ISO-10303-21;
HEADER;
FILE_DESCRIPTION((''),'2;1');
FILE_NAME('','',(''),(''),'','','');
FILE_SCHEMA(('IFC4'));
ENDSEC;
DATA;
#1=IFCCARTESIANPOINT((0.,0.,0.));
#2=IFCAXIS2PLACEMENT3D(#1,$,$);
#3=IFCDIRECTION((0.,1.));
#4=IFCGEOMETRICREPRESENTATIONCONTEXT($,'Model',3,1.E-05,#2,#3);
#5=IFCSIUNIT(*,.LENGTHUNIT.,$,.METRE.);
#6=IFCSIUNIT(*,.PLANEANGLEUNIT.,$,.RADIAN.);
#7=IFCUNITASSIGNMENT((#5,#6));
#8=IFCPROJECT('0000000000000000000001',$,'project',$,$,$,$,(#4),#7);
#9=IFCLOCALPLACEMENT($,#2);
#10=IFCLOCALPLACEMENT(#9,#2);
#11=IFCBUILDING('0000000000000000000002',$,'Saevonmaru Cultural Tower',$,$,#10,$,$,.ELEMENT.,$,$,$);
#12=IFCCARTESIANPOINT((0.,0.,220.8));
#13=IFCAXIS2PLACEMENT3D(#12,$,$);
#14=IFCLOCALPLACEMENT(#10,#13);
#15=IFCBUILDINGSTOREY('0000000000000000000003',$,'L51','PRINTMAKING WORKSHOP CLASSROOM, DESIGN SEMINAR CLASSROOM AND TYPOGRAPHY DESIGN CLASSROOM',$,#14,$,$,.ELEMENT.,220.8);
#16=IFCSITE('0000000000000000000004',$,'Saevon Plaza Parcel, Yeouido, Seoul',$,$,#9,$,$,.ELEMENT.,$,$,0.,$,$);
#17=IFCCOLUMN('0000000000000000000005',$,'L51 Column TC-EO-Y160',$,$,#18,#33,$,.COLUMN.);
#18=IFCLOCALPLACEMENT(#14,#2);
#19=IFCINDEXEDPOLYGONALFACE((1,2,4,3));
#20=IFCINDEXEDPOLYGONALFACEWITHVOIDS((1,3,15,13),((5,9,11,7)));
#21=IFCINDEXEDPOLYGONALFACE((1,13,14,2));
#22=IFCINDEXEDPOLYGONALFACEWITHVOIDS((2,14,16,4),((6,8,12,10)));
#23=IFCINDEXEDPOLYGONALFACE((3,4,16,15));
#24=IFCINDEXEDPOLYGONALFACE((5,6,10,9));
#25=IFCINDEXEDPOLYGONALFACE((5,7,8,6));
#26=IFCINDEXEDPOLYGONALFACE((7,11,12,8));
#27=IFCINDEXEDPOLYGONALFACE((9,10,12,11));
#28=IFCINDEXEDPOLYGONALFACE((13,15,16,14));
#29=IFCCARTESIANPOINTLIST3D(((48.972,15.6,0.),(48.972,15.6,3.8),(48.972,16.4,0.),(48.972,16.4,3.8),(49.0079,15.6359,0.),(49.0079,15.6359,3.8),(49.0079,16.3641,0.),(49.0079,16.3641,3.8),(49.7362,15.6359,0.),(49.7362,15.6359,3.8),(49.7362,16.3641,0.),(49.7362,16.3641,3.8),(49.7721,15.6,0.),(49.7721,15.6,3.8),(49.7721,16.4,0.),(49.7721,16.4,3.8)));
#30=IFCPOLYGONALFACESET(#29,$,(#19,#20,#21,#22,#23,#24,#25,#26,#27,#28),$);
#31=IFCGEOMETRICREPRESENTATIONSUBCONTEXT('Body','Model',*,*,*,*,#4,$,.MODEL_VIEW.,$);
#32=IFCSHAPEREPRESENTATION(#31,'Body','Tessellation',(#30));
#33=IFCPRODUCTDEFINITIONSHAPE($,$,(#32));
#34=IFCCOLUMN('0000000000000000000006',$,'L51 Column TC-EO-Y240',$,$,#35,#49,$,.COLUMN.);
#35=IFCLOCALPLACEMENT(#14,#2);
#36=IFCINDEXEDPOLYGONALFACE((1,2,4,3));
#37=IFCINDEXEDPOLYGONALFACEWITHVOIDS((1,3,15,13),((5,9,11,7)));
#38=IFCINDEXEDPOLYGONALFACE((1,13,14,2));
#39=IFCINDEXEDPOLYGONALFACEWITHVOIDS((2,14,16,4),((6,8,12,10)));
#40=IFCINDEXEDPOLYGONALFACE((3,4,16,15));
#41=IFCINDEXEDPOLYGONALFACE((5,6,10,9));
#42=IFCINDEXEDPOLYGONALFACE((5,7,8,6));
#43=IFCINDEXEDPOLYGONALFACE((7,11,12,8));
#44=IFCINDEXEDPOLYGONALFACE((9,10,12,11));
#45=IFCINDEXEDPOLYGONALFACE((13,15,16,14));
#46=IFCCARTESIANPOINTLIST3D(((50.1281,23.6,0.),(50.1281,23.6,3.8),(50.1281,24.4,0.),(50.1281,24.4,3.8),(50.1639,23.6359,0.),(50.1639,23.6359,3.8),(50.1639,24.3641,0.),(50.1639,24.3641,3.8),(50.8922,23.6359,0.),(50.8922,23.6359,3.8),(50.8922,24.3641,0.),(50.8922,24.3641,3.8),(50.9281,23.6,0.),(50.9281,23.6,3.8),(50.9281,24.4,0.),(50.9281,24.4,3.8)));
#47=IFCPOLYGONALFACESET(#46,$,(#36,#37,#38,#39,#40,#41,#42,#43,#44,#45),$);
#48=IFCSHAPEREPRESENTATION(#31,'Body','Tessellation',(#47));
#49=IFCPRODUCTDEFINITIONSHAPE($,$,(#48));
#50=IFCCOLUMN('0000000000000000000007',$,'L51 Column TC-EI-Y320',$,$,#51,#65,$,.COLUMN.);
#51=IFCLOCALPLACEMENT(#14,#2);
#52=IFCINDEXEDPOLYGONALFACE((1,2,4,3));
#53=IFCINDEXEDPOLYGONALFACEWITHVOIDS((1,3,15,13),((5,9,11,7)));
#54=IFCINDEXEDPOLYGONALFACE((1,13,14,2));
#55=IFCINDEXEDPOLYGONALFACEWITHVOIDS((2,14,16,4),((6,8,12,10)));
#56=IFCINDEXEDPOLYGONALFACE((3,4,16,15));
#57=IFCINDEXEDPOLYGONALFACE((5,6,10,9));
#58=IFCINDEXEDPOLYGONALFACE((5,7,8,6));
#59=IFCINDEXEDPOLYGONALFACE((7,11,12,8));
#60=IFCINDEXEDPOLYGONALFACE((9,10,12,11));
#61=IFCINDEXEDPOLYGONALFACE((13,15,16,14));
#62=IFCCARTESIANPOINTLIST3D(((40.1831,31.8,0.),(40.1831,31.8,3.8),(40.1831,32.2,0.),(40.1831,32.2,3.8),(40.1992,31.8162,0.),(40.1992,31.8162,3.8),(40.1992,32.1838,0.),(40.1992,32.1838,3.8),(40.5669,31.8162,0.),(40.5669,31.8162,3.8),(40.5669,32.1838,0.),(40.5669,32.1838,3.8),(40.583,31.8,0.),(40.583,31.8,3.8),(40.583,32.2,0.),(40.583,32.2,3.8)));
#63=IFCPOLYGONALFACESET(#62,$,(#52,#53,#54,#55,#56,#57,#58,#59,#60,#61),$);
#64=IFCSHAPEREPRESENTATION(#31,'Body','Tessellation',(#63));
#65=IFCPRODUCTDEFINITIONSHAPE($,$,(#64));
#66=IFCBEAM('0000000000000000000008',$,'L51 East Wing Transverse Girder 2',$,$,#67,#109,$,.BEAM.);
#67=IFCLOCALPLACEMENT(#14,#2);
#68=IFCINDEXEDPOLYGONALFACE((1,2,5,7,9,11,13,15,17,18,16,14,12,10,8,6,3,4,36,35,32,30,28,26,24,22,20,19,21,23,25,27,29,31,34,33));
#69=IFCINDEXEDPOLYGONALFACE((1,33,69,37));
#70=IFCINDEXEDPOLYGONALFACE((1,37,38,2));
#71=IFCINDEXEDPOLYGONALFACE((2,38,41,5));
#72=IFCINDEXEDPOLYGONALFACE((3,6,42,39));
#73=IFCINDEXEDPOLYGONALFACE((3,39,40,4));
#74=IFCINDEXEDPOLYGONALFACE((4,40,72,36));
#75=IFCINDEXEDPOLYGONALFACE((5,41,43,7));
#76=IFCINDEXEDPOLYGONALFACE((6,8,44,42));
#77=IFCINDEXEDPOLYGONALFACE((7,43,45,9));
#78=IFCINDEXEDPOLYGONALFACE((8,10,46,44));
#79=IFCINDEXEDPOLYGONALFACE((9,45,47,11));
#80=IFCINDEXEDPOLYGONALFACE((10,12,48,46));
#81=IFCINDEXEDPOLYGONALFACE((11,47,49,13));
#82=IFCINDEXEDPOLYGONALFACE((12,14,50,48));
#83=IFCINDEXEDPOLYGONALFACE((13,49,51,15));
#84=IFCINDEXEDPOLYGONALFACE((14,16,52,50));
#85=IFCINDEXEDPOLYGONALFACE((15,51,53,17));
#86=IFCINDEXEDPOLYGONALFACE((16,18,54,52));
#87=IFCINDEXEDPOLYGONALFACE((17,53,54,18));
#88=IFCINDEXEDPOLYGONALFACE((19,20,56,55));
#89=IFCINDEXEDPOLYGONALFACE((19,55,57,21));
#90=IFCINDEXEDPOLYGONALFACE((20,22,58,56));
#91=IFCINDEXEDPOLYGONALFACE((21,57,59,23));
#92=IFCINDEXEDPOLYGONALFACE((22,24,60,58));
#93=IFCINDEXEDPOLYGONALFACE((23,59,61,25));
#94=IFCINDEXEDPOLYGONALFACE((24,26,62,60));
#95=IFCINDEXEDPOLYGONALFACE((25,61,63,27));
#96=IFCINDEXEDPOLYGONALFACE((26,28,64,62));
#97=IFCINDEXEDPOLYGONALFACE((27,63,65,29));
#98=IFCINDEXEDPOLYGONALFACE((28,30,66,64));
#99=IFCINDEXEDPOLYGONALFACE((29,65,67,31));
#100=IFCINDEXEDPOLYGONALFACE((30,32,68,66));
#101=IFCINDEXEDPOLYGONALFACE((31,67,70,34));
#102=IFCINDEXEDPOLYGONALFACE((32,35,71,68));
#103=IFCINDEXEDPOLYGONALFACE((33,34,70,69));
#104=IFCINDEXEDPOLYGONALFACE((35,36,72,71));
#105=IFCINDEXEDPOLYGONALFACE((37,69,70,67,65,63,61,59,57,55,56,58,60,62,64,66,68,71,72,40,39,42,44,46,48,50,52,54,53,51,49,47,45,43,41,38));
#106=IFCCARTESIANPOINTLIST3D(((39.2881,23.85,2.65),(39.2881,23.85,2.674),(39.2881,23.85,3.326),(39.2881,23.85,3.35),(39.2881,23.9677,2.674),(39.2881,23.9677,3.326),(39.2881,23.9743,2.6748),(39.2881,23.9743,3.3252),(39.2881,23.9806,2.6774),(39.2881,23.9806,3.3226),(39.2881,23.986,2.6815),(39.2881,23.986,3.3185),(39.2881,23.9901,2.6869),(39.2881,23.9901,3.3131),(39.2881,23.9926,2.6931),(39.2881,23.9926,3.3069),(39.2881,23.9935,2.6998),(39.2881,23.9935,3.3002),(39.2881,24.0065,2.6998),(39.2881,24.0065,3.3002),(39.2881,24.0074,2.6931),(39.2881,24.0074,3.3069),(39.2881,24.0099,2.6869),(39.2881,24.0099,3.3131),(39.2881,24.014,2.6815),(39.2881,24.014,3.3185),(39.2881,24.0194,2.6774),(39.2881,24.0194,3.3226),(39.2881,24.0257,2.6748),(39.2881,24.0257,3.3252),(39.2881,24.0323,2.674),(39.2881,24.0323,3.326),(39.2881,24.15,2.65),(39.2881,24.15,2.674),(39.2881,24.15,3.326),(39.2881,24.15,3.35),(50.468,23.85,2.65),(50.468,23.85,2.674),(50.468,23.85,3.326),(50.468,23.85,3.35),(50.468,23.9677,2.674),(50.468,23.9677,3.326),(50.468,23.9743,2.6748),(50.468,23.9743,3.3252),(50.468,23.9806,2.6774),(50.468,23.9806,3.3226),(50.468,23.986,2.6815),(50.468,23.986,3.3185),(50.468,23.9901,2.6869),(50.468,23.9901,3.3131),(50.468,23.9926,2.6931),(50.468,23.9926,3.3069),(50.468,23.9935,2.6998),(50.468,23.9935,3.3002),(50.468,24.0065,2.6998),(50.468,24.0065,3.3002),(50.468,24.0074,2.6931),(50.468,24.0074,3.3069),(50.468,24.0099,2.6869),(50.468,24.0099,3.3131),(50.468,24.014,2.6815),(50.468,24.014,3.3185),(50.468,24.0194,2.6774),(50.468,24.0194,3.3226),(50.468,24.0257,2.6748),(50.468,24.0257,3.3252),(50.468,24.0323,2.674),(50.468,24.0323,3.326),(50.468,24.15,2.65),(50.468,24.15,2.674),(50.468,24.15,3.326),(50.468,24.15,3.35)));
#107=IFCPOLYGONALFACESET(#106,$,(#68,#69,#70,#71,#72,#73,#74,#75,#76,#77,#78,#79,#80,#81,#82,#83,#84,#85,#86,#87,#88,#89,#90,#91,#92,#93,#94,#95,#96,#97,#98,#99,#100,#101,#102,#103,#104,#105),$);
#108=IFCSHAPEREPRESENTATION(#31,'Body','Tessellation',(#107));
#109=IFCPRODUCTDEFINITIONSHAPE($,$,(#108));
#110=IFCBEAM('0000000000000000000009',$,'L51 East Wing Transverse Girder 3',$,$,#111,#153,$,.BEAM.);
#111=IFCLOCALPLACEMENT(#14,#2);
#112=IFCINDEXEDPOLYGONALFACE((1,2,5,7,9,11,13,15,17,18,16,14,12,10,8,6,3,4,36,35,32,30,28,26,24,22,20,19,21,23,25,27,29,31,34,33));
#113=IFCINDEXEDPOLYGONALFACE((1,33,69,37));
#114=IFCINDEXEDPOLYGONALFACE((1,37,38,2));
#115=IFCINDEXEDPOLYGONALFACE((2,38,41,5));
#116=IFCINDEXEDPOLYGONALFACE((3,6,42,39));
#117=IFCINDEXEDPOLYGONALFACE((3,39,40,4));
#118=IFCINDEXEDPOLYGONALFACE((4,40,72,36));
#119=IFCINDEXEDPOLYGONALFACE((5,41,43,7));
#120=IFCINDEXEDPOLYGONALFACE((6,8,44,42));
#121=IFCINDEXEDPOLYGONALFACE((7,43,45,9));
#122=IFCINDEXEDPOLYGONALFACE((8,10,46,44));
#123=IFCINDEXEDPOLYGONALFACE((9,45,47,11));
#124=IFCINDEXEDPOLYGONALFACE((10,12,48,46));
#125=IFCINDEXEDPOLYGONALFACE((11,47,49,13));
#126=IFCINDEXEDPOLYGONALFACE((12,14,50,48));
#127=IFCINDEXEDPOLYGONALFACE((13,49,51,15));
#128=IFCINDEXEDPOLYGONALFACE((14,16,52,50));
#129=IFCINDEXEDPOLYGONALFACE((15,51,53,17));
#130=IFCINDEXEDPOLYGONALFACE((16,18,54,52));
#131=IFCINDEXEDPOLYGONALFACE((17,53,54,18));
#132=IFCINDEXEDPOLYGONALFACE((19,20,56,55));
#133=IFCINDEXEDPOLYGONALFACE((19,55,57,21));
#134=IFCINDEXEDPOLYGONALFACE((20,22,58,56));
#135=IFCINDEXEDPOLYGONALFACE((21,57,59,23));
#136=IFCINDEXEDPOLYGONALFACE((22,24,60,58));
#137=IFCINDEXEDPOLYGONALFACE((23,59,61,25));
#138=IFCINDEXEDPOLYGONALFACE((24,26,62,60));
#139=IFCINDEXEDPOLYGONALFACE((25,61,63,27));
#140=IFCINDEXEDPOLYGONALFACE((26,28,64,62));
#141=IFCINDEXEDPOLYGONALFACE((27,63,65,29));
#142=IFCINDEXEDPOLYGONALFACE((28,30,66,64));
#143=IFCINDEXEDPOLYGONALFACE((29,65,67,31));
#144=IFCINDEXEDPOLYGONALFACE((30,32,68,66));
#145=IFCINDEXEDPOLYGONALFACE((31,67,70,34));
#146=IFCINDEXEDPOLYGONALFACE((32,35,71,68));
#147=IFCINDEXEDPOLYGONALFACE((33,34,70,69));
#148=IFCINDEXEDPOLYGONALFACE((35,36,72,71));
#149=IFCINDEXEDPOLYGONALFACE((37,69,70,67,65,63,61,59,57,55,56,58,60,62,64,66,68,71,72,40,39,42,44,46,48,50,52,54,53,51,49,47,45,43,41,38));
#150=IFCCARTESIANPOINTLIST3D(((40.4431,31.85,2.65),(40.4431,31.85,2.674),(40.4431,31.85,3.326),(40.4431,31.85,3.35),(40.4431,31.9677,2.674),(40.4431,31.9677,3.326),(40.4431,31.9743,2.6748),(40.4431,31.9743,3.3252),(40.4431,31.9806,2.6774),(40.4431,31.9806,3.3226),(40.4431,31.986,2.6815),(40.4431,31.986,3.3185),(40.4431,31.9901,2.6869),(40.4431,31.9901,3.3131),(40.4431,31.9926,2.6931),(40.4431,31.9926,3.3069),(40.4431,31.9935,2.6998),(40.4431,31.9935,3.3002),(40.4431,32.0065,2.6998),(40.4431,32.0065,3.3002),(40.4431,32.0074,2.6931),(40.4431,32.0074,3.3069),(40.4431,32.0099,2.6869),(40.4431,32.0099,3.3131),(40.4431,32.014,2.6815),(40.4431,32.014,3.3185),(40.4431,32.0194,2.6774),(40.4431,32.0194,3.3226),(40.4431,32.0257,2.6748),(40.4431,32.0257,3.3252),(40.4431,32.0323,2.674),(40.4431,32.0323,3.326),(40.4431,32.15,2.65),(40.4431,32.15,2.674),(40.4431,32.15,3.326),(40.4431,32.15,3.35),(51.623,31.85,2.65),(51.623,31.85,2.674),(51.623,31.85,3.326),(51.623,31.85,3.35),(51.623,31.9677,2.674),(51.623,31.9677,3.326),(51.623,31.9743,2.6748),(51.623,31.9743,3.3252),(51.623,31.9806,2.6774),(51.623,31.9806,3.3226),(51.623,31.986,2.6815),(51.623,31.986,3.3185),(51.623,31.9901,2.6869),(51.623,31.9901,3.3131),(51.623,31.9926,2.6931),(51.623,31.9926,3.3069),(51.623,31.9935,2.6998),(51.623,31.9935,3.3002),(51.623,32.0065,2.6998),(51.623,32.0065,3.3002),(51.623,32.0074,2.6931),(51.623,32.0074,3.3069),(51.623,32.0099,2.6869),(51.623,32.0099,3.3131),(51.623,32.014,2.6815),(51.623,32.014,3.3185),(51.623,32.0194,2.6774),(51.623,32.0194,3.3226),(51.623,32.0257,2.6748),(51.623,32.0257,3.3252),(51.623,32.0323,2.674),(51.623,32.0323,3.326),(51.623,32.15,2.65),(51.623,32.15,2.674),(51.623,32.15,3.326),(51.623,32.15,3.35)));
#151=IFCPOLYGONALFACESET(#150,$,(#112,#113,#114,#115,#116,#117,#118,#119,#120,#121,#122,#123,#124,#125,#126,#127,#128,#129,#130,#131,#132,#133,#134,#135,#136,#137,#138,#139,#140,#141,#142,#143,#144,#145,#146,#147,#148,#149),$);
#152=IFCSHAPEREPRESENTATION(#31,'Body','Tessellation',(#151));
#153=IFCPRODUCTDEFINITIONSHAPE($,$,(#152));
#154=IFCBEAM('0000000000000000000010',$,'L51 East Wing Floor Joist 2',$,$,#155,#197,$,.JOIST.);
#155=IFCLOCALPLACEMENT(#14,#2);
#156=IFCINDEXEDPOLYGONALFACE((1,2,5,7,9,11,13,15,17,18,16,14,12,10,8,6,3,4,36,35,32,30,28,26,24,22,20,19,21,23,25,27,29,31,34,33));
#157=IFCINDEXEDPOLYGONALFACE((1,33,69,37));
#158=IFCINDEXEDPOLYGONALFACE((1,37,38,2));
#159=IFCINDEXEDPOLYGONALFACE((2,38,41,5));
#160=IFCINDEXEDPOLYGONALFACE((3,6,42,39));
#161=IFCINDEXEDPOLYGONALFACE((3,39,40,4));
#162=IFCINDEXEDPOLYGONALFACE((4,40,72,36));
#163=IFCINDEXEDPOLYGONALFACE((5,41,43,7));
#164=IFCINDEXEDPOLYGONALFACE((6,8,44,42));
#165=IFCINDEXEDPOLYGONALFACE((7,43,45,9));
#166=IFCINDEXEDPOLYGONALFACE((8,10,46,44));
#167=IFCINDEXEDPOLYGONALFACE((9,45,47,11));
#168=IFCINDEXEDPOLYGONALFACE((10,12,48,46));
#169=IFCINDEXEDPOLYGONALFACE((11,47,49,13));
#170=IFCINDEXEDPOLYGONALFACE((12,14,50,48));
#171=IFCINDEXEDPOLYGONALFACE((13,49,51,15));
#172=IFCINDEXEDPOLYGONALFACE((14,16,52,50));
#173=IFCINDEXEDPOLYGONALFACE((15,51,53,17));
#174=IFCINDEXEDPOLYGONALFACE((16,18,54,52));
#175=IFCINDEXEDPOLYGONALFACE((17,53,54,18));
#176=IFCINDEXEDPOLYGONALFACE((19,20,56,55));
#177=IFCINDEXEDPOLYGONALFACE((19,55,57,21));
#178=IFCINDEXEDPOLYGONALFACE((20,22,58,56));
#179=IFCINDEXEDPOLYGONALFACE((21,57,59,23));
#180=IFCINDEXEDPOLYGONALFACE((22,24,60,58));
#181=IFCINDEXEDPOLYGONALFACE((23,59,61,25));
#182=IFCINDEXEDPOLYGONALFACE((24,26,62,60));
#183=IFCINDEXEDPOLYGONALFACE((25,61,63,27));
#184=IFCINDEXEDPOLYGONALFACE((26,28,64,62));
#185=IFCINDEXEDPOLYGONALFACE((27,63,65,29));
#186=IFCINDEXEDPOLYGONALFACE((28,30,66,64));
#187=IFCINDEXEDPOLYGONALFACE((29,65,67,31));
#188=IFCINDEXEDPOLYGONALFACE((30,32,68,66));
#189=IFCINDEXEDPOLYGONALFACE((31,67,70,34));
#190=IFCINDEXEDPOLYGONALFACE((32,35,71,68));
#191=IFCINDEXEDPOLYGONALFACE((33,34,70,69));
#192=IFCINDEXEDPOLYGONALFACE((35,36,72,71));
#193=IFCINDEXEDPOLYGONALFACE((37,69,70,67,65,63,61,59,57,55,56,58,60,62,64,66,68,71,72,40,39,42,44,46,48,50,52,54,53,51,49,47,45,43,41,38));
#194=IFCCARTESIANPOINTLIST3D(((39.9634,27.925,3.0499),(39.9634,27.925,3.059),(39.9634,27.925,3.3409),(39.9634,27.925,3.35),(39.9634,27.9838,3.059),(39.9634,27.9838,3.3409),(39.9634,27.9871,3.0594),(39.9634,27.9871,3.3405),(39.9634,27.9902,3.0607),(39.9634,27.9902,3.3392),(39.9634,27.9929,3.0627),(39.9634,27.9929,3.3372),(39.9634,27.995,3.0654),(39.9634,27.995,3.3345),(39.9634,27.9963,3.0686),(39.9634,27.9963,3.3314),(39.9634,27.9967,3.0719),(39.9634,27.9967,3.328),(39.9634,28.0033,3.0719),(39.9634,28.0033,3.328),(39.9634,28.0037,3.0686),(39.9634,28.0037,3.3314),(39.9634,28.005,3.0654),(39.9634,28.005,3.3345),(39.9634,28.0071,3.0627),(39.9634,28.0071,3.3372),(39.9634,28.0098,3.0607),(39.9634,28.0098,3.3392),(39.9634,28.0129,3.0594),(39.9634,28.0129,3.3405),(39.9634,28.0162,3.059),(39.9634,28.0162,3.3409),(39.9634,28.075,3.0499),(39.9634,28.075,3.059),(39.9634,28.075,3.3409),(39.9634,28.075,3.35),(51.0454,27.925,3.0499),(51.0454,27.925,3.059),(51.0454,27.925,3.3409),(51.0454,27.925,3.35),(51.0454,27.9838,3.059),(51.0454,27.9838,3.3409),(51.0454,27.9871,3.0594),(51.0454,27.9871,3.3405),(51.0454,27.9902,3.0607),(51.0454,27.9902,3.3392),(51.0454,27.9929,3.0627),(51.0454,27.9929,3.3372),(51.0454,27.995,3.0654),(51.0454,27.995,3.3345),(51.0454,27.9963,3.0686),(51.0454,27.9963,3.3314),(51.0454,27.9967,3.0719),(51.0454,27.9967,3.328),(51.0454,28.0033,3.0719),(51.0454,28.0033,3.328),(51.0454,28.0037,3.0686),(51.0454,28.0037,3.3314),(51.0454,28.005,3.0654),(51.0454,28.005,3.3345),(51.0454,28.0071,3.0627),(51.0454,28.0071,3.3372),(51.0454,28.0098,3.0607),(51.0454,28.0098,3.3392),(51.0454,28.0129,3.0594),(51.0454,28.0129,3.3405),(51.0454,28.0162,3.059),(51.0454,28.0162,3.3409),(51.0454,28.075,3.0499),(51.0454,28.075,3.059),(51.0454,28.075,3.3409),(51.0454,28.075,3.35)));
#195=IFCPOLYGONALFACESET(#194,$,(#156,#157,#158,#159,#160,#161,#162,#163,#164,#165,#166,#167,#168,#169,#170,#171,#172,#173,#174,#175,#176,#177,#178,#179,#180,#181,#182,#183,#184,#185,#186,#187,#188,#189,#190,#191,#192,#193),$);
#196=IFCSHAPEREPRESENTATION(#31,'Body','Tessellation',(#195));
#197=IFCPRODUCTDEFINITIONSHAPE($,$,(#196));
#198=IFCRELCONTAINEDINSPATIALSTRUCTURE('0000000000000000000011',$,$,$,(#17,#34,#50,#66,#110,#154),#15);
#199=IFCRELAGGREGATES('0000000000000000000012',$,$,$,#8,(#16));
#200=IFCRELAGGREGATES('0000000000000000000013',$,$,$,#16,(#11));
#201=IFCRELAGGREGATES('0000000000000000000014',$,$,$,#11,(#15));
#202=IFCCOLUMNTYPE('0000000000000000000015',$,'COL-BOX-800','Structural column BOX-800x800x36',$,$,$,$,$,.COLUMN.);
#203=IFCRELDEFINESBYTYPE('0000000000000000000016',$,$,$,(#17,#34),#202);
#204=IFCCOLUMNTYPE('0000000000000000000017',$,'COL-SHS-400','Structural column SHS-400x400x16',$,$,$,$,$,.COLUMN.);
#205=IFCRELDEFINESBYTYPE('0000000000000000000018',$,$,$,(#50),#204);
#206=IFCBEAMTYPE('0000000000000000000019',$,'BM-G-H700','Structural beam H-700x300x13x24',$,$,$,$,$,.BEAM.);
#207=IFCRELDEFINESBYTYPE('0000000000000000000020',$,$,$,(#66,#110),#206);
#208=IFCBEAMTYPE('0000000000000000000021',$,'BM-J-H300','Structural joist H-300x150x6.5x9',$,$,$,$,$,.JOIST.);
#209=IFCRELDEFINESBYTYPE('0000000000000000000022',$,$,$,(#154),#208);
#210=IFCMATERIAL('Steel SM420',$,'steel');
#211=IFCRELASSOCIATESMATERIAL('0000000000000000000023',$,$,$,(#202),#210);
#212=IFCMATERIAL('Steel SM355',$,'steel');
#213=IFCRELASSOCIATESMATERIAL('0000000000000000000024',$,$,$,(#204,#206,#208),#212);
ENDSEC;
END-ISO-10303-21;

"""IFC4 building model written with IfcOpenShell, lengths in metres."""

from ifc_helpers import new_model, si_unit, direction, frame, origin, origin_2d, place, context, subcontext, project, spatial, hollow_rectangle, i_section, extrude, material, material_profile, profile_set, type_object, element, save


model = new_model("IFC4")

# Units and contexts
model_context = context("Model", 3, precision=1e-05, world=origin(), true_north=direction((0.0, 1.0)))
body_context = subcontext(model_context, "Body", "Model", "MODEL_VIEW")
ifc_project = project(units=[si_unit("LENGTHUNIT", "METRE"), si_unit("PLANEANGLEUNIT", "RADIAN")], contexts=[model_context])

# Site, building, storey
site_placement = place(None, origin())
site = spatial("IfcSite", under=ifc_project, at=site_placement, Name="Saevon Plaza Parcel, Yeouido, Seoul", CompositionType="ELEMENT", RefElevation=0.0)
building_placement = place(site_placement, origin())
building = spatial("IfcBuilding", under=site, at=building_placement, Name="Saevonmaru Cultural Tower", CompositionType="ELEMENT")
storey_placement = place(building_placement, frame((0.0, 0.0, 220.8)))
storey = spatial("IfcBuildingStorey", under=building, at=storey_placement, Name="L51", Description="PRINTMAKING WORKSHOP CLASSROOM, DESIGN SEMINAR CLASSROOM AND TYPOGRAPHY DESIGN CLASSROOM", CompositionType="ELEMENT", Elevation=220.8)

# Columns
ifc_material_1 = material(Name="Steel SM420", Category="steel")
ifc_material_profile_1 = material_profile(ifc_material_1, hollow_rectangle(XDim=0.8, YDim=0.8, WallThickness=0.0359, at=origin_2d()), Name="BOX-800x800x36")
ifc_profile_set_1 = profile_set([ifc_material_profile_1], Name="Steel SM420")
column_type_1 = type_object("IfcColumnType", Name="COL-BOX-800", Description="Structural column BOX-800x800x36", PredefinedType="COLUMN", material=ifc_profile_set_1)
for number, where, z_axis, x_axis, name in (
    (1, (49.3721, 16.0, 0.0), (0.0, 0.0, 1.0), (1.0, 0.0, 0.0), "L51 Column TC-EO-Y160"),
    (2, (50.5281, 24.0, 0.0), (0.0, 0.0, 1.0), (1.0, 0.0, 0.0), "L51 Column TC-EO-Y240"),
):
    element("IfcColumn", number, at=place(storey_placement, frame(where, z_axis=z_axis, x_axis=x_axis)), inside=storey, type_object=column_type_1, Name=name, PredefinedType="COLUMN", context=body_context, shape_type="SweptSolid", body=[
        extrude(hollow_rectangle(XDim=0.8, YDim=0.8, WallThickness=0.0359, at=origin_2d()), origin(), (0.0, 0.0, 1.0), 3.8),
    ])
ifc_material_2 = material(Name="Steel SM355", Category="steel")
ifc_material_profile_2 = material_profile(ifc_material_2, hollow_rectangle(XDim=0.3999, YDim=0.3999, WallThickness=0.0161, at=origin_2d()), Name="SHS-400x400x16")
ifc_profile_set_2 = profile_set([ifc_material_profile_2], Name="Steel SM355")
column_type_2 = type_object("IfcColumnType", Name="COL-SHS-400", Description="Structural column SHS-400x400x16", PredefinedType="COLUMN", material=ifc_profile_set_2)
column_placement = place(storey_placement, frame((40.3831, 32.0, 0.0), z_axis=(0.0, 0.0, 1.0), x_axis=(1.0, 0.0, 0.0)))
element("IfcColumn", 3, at=column_placement, inside=storey, type_object=column_type_2, Name="L51 Column TC-EI-Y320", PredefinedType="COLUMN", context=body_context, shape_type="SweptSolid", body=[
    extrude(hollow_rectangle(XDim=0.3999, YDim=0.3999, WallThickness=0.0161, at=origin_2d()), origin(), (0.0, 0.0, 1.0), 3.8),
])

# Beams
ifc_material_profile_3 = material_profile(ifc_material_2, i_section(OverallWidth=0.3, OverallDepth=0.7, WebThickness=0.0129, FlangeThickness=0.0239, FilletRadius=0.0259, at=origin_2d()), Name="H-700x300x13x24")
ifc_profile_set_3 = profile_set([ifc_material_profile_3], Name="Steel SM355")
beam_type_1 = type_object("IfcBeamType", Name="BM-G-H700", Description="Structural beam H-700x300x13x24", PredefinedType="BEAM", material=ifc_profile_set_3)
for number, where, z_axis, x_axis, name in (
    (4, (39.2881, 24.0, 3.0), (1.0, 0.0, 0.0), (0.0, 1.0, 0.0), "L51 East Wing Transverse Girder 2"),
    (5, (40.4431, 32.0, 3.0), (1.0, 0.0, 0.0), (0.0, 1.0, 0.0), "L51 East Wing Transverse Girder 3"),
):
    element("IfcBeam", number, at=place(storey_placement, frame(where, z_axis=z_axis, x_axis=x_axis)), inside=storey, type_object=beam_type_1, Name=name, PredefinedType="BEAM", context=body_context, shape_type="SweptSolid", body=[
        extrude(i_section(OverallWidth=0.3, OverallDepth=0.7, WebThickness=0.0129, FlangeThickness=0.0239, FilletRadius=0.0259, at=origin_2d()), origin(), (0.0, 0.0, 1.0), 11.1799),
    ])
ifc_material_profile_4 = material_profile(ifc_material_2, i_section(OverallWidth=0.1499, OverallDepth=0.3, WebThickness=0.0066, FlangeThickness=0.009, FilletRadius=0.0129, at=origin_2d()), Name="H-300x150x6.5x9")
ifc_profile_set_4 = profile_set([ifc_material_profile_4], Name="Steel SM355")
beam_type_2 = type_object("IfcBeamType", Name="BM-J-H300", Description="Structural joist H-300x150x6.5x9", PredefinedType="JOIST", material=ifc_profile_set_4)
beam_placement = place(storey_placement, frame((39.9634, 28.0, 3.2), z_axis=(1.0, 0.0, 0.0), x_axis=(0.0, 1.0, 0.0)))
element("IfcBeam", 6, at=beam_placement, inside=storey, type_object=beam_type_2, Name="L51 East Wing Floor Joist 2", PredefinedType="JOIST", context=body_context, shape_type="SweptSolid", body=[
    extrude(i_section(OverallWidth=0.1499, OverallDepth=0.3, WebThickness=0.0066, FlangeThickness=0.009, FilletRadius=0.0129, at=origin_2d()), origin(), (0.0, 0.0, 1.0), 11.082),
])

save(model, "model.ifc")
